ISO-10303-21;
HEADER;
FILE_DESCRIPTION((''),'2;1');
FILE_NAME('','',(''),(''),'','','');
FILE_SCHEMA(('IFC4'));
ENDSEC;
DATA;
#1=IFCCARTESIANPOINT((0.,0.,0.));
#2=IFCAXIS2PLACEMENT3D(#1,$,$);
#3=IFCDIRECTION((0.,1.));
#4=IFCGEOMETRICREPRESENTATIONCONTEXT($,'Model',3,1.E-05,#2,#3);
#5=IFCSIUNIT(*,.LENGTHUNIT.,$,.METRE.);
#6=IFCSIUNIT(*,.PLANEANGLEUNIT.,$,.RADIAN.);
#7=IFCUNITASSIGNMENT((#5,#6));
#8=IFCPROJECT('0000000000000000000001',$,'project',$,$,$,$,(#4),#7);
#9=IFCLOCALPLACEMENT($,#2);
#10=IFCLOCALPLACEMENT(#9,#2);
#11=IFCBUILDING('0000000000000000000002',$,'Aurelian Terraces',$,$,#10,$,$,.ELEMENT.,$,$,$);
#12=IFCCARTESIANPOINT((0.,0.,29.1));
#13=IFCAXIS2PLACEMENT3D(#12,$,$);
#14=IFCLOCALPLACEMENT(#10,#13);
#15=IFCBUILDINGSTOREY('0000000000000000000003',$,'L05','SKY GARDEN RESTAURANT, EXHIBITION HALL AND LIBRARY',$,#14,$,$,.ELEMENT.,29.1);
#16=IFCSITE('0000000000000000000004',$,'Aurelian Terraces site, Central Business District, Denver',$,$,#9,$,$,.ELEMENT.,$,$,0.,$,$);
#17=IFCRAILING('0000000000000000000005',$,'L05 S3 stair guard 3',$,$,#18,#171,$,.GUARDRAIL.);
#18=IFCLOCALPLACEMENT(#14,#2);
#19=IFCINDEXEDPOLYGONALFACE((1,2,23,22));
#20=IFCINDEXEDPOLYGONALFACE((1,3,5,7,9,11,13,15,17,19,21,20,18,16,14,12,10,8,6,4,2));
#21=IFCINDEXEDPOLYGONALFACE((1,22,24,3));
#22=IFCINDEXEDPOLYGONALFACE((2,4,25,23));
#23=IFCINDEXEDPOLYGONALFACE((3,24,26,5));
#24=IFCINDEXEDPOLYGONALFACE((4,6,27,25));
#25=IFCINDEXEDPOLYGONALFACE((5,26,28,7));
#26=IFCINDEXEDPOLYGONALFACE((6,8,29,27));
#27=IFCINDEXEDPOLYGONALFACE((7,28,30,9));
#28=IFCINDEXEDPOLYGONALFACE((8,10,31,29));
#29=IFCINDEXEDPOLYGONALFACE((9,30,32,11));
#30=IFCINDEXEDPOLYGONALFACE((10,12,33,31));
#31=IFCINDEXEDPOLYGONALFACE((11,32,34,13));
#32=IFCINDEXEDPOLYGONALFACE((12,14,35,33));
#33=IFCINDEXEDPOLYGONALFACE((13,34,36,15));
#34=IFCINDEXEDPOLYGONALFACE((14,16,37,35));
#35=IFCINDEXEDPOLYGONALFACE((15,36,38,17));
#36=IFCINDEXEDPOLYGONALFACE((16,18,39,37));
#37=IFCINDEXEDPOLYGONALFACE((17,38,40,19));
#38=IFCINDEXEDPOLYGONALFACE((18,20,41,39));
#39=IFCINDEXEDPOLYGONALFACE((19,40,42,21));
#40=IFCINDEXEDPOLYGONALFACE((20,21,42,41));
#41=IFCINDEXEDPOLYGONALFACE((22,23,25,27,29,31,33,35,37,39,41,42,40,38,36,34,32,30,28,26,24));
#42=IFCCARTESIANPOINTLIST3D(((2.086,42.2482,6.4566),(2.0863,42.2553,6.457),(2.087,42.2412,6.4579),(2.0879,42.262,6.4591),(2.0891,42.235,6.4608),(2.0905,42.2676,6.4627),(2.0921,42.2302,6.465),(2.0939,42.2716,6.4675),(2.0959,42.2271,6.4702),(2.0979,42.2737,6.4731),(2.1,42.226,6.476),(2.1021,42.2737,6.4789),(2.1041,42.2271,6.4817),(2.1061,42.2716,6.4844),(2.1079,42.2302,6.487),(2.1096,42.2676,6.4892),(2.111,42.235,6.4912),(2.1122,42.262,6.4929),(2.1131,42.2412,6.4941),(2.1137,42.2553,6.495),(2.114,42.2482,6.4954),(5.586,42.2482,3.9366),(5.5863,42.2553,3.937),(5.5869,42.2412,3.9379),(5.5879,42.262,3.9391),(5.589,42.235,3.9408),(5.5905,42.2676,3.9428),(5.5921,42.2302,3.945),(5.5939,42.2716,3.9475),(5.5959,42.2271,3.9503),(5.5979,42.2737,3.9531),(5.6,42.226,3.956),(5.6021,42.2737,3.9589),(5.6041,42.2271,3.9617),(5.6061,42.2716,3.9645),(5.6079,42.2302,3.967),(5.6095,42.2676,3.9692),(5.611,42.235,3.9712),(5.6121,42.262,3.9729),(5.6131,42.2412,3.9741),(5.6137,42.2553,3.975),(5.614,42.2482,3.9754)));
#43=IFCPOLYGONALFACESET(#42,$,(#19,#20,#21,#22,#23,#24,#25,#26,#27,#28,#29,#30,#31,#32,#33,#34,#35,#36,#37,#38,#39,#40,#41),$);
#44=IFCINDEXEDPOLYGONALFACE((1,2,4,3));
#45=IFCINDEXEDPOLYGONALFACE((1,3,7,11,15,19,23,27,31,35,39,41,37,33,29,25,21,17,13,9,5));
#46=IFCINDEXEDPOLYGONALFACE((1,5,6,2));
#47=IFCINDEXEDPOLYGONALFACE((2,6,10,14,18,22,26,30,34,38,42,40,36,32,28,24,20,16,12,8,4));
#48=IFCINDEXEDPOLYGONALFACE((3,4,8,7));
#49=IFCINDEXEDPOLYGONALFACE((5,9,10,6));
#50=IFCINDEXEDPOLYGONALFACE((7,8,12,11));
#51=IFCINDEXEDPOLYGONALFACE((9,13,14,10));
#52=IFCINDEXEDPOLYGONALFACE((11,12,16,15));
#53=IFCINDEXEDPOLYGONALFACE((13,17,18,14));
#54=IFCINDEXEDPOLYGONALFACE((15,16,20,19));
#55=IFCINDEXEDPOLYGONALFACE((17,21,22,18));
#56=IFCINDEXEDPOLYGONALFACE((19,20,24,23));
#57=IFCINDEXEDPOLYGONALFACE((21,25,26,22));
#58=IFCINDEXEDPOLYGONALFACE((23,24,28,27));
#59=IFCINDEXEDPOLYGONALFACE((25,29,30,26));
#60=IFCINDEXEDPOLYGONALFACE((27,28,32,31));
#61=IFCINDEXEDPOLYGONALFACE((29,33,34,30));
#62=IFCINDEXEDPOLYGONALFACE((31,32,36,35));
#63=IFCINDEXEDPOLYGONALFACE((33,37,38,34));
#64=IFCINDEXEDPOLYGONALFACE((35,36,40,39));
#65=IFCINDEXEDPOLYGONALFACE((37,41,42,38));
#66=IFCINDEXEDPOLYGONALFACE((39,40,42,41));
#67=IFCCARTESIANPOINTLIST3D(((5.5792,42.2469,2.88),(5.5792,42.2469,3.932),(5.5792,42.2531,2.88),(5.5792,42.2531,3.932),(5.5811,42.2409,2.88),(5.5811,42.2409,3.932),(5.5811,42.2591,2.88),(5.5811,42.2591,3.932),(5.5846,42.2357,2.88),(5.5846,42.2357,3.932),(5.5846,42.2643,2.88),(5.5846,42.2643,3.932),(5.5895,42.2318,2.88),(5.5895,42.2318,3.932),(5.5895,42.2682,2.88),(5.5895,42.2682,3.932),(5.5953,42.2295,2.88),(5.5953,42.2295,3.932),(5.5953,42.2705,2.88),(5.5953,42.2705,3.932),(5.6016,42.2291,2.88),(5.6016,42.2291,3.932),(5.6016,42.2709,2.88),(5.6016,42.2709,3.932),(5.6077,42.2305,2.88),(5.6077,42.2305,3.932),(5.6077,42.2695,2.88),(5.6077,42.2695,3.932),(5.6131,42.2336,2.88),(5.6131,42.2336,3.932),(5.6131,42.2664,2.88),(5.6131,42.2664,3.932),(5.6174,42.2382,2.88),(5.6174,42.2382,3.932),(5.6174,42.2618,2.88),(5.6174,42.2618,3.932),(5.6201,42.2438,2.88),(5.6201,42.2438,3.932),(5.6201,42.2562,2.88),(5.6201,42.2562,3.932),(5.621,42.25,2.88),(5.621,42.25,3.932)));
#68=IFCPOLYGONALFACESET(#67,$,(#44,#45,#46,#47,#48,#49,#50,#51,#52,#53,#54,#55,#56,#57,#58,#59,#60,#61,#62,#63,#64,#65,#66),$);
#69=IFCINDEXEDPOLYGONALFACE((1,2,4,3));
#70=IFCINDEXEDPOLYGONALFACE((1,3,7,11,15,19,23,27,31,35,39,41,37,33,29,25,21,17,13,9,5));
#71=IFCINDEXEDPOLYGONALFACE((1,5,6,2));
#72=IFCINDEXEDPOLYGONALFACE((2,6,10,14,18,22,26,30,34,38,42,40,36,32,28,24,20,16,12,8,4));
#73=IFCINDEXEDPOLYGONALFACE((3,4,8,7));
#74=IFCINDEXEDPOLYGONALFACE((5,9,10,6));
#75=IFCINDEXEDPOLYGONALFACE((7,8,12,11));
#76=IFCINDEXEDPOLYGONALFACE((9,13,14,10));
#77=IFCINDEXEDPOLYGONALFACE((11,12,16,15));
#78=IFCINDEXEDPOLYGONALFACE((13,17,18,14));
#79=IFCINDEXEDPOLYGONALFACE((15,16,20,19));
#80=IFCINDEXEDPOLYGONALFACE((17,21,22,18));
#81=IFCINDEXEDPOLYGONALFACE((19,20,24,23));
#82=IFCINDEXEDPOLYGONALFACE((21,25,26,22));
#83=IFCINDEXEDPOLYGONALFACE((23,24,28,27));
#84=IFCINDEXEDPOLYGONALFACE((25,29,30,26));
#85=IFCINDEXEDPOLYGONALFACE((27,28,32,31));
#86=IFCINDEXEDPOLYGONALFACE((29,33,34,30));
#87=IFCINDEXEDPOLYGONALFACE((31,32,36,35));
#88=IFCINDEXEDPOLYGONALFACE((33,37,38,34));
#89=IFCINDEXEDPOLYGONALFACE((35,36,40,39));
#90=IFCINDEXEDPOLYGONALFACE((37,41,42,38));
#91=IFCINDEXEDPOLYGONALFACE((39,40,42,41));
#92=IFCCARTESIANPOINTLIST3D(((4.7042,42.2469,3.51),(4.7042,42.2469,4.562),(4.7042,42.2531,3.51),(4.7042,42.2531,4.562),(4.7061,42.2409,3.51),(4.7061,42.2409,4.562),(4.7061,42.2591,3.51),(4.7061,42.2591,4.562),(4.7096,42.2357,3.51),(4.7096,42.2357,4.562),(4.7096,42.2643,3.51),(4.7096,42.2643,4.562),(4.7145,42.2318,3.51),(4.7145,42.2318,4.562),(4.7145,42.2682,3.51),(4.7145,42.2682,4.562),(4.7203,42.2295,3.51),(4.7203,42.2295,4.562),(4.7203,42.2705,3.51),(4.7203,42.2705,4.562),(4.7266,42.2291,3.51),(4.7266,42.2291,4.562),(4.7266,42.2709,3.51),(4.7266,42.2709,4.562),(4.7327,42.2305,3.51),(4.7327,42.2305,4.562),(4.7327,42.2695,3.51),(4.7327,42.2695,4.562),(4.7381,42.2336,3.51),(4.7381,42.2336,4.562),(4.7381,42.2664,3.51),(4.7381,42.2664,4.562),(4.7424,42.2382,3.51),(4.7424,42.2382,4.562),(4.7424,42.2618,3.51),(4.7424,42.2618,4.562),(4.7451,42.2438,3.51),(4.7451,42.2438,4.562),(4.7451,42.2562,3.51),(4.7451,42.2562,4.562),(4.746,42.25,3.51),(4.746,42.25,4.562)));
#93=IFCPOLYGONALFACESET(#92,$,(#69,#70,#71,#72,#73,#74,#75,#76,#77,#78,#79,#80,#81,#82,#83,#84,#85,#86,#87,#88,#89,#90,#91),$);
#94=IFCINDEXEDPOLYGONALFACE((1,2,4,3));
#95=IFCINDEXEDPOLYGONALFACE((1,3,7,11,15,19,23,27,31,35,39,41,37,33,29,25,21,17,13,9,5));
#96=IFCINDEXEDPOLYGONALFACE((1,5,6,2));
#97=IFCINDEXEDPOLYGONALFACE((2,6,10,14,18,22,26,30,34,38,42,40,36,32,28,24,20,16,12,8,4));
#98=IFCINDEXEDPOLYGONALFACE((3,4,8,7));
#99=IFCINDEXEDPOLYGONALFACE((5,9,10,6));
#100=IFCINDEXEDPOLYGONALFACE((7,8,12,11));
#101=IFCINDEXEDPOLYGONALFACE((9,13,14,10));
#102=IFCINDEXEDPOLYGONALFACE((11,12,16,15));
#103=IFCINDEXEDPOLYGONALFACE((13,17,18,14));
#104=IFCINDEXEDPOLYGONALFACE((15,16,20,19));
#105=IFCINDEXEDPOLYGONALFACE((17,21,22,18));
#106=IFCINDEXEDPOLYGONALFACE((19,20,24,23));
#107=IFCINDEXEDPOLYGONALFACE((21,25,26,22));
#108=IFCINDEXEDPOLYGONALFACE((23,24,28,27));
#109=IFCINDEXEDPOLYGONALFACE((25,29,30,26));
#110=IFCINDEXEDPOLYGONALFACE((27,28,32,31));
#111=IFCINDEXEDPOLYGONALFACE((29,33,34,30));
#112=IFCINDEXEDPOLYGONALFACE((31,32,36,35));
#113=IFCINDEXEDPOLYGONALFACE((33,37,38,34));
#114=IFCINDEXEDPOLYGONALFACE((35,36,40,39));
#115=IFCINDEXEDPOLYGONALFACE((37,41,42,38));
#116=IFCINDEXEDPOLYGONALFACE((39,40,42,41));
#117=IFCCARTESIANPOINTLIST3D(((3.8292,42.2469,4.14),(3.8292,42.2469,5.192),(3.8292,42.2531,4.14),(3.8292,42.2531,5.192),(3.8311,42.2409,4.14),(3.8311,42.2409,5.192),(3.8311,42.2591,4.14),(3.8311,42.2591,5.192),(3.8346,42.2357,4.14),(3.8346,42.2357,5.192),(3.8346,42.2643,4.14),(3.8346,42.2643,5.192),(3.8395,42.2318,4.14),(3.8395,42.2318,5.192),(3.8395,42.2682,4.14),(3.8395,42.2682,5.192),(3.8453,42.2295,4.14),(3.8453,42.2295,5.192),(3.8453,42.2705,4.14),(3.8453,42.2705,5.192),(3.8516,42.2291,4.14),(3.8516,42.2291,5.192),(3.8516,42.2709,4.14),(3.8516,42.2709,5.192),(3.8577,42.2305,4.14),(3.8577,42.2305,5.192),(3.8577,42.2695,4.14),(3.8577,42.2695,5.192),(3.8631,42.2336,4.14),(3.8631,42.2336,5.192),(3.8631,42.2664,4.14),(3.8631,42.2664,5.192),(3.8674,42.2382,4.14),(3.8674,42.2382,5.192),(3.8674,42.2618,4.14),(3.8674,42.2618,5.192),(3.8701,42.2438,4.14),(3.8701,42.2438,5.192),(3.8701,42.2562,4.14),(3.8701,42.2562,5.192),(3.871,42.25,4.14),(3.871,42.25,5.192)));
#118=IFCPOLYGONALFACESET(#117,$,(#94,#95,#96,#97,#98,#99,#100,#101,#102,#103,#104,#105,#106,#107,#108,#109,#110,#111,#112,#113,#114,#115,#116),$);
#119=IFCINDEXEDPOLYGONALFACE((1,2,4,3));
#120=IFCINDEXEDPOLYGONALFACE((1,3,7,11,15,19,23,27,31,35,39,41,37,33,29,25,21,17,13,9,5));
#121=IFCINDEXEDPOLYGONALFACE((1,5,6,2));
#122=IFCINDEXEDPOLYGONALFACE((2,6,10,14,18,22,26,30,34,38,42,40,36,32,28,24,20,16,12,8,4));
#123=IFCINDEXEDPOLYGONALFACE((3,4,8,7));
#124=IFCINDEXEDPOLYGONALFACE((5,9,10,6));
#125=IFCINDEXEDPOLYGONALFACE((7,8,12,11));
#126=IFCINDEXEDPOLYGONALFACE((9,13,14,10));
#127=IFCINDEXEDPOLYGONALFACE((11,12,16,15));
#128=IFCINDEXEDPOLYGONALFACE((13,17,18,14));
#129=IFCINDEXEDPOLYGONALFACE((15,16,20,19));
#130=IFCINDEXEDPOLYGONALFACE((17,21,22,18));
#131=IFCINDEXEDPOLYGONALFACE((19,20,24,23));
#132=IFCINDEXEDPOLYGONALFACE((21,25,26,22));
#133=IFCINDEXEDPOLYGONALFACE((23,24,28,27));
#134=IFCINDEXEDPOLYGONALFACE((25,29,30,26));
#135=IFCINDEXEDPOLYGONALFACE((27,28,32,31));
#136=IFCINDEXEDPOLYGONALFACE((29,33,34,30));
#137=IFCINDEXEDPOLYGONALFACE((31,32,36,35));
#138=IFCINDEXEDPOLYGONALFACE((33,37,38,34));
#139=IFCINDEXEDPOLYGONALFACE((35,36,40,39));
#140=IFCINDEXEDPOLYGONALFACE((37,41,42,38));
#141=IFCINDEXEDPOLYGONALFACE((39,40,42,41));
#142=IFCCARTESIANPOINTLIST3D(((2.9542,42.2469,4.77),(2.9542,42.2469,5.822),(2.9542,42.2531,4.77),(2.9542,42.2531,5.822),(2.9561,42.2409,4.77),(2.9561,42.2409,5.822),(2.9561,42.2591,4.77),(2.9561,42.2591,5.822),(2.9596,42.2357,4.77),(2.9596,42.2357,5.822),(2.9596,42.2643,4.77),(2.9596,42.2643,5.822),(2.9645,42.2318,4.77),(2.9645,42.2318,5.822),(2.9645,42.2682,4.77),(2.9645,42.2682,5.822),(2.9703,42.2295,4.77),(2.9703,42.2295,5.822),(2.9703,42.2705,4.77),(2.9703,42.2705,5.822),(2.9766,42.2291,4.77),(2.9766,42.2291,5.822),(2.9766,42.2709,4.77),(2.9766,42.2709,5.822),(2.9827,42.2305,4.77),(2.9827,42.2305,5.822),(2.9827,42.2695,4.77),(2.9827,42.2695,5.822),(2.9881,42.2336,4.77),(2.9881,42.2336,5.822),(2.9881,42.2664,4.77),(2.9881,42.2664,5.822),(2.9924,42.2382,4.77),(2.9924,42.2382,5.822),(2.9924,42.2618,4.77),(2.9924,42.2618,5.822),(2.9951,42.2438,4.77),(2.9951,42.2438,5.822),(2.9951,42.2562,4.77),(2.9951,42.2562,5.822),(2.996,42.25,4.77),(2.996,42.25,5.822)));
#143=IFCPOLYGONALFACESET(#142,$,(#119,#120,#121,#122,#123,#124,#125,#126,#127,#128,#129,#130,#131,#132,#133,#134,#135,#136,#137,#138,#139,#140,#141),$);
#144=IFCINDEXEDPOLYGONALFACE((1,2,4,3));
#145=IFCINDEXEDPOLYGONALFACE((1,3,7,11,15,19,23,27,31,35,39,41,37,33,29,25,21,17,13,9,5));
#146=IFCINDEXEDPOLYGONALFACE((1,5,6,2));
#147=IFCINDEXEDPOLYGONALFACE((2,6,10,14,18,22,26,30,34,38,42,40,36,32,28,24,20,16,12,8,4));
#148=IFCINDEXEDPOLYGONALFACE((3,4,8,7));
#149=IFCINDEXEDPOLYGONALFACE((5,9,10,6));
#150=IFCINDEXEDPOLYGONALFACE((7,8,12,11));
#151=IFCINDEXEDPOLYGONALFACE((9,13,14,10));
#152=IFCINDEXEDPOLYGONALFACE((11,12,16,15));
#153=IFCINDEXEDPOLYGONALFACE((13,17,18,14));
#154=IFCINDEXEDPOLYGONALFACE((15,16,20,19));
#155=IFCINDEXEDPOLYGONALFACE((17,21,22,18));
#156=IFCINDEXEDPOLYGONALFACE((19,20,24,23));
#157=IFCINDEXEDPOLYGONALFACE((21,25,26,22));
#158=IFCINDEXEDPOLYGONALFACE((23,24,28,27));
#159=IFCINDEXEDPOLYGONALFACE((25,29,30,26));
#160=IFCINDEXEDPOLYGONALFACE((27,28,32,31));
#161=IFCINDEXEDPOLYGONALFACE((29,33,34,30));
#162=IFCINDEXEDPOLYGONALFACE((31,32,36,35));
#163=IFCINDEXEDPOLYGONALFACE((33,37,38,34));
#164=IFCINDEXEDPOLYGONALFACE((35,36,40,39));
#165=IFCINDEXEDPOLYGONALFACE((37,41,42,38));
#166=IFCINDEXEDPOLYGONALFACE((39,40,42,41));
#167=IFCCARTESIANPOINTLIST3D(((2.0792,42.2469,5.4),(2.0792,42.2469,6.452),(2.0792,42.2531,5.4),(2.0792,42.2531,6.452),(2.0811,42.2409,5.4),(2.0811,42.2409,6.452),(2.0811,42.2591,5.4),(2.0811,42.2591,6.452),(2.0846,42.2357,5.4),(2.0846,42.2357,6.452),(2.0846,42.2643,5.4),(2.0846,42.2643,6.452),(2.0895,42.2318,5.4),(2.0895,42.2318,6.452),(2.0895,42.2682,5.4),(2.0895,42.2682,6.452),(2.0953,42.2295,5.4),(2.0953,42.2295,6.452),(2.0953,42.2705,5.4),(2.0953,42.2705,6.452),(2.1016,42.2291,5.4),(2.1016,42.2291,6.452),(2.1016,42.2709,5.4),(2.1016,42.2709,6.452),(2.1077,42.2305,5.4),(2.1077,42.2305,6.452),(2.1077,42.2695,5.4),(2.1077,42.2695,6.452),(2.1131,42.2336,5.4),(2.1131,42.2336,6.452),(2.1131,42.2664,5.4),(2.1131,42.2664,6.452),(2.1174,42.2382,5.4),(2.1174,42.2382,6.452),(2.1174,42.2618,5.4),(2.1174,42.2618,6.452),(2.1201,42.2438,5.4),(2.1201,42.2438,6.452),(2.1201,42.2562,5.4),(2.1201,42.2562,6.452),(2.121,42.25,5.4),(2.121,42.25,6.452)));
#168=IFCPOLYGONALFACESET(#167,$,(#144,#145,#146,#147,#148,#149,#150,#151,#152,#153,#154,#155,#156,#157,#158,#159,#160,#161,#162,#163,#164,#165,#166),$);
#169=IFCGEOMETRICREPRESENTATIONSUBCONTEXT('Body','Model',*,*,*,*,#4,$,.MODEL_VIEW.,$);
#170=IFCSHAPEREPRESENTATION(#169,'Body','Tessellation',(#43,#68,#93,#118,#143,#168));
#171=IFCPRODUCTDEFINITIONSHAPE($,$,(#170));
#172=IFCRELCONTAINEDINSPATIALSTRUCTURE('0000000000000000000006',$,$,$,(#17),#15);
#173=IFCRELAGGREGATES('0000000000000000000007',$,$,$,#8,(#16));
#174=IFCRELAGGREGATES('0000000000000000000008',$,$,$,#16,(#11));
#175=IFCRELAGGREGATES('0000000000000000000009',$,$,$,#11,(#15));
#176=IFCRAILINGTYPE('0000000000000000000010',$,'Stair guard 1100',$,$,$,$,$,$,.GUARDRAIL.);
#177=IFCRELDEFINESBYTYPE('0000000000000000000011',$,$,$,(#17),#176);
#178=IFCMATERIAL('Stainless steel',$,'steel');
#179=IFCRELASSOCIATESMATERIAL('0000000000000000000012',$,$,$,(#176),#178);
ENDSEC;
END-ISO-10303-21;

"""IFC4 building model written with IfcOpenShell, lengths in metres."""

from ifc_helpers import new_model, si_unit, direction, frame, origin, origin_2d, place, context, subcontext, project, spatial, circle, extrude, source, transform, mapped, material, type_object, element, save


model = new_model("IFC4")

# Units and contexts
model_context = context("Model", 3, precision=1e-05, world=origin(), true_north=direction((0.0, 1.0)))
body_context = subcontext(model_context, "Body", "Model", "MODEL_VIEW")
ifc_project = project(units=[si_unit("LENGTHUNIT", "METRE"), si_unit("PLANEANGLEUNIT", "RADIAN")], contexts=[model_context])

# Site, building, storey
site_placement = place(None, origin())
site = spatial("IfcSite", under=ifc_project, at=site_placement, Name="Aurelian Terraces site, Central Business District, Denver", CompositionType="ELEMENT", RefElevation=0.0)
building_placement = place(site_placement, origin())
building = spatial("IfcBuilding", under=site, at=building_placement, Name="Aurelian Terraces", CompositionType="ELEMENT")
storey_placement = place(building_placement, frame((0.0, 0.0, 29.1)))
storey = spatial("IfcBuildingStorey", under=building, at=storey_placement, Name="L05", Description="SKY GARDEN RESTAURANT, EXHIBITION HALL AND LIBRARY", CompositionType="ELEMENT", Elevation=29.1)

# Railing
ifc_material_1 = material(Name="Stainless steel", Category="steel")
railing_type_1 = type_object("IfcRailingType", Name="Stair guard 1100", PredefinedType="GUARDRAIL", material=ifc_material_1)
shared_shape_1 = source(origin(), body_context, "Body", "SweptSolid", [
    extrude(circle(Radius=0.024, at=origin_2d()), frame((0.0, 0.0, 1.076), z_axis=(-0.811534, 0.0, 0.584305), x_axis=(0.0, -1.0, 0.0)), (0.0, 0.0, 1.0), 4.3128),
    extrude(circle(Radius=0.021, at=origin_2d()), origin(), (0.0, 0.0, 1.0), 1.052),
    extrude(circle(Radius=0.021, at=origin_2d()), frame((-0.875, 0.0, 0.63)), (0.0, 0.0, 1.0), 1.052),
    extrude(circle(Radius=0.021, at=origin_2d()), frame((-1.75, 0.0, 1.26)), (0.0, 0.0, 1.0), 1.052),
    extrude(circle(Radius=0.021, at=origin_2d()), frame((-2.625, 0.0, 1.89)), (0.0, 0.0, 1.0), 1.052),
    extrude(circle(Radius=0.021, at=origin_2d()), frame((-3.5, 0.0, 2.52)), (0.0, 0.0, 1.0), 1.052),
])
railing_1_placement = place(storey_placement, frame((5.6, 42.25, 2.88)))
element("IfcRailing", 1, at=railing_1_placement, inside=storey, type_object=railing_type_1, Name="L05 S3 stair guard 3", PredefinedType="GUARDRAIL", context=body_context, shape_type="MappedRepresentation", body=[
    mapped(shared_shape_1, transform((0.0, 0.0, 0.0), scale=1.0)),
])

save(model, "model.ifc")
